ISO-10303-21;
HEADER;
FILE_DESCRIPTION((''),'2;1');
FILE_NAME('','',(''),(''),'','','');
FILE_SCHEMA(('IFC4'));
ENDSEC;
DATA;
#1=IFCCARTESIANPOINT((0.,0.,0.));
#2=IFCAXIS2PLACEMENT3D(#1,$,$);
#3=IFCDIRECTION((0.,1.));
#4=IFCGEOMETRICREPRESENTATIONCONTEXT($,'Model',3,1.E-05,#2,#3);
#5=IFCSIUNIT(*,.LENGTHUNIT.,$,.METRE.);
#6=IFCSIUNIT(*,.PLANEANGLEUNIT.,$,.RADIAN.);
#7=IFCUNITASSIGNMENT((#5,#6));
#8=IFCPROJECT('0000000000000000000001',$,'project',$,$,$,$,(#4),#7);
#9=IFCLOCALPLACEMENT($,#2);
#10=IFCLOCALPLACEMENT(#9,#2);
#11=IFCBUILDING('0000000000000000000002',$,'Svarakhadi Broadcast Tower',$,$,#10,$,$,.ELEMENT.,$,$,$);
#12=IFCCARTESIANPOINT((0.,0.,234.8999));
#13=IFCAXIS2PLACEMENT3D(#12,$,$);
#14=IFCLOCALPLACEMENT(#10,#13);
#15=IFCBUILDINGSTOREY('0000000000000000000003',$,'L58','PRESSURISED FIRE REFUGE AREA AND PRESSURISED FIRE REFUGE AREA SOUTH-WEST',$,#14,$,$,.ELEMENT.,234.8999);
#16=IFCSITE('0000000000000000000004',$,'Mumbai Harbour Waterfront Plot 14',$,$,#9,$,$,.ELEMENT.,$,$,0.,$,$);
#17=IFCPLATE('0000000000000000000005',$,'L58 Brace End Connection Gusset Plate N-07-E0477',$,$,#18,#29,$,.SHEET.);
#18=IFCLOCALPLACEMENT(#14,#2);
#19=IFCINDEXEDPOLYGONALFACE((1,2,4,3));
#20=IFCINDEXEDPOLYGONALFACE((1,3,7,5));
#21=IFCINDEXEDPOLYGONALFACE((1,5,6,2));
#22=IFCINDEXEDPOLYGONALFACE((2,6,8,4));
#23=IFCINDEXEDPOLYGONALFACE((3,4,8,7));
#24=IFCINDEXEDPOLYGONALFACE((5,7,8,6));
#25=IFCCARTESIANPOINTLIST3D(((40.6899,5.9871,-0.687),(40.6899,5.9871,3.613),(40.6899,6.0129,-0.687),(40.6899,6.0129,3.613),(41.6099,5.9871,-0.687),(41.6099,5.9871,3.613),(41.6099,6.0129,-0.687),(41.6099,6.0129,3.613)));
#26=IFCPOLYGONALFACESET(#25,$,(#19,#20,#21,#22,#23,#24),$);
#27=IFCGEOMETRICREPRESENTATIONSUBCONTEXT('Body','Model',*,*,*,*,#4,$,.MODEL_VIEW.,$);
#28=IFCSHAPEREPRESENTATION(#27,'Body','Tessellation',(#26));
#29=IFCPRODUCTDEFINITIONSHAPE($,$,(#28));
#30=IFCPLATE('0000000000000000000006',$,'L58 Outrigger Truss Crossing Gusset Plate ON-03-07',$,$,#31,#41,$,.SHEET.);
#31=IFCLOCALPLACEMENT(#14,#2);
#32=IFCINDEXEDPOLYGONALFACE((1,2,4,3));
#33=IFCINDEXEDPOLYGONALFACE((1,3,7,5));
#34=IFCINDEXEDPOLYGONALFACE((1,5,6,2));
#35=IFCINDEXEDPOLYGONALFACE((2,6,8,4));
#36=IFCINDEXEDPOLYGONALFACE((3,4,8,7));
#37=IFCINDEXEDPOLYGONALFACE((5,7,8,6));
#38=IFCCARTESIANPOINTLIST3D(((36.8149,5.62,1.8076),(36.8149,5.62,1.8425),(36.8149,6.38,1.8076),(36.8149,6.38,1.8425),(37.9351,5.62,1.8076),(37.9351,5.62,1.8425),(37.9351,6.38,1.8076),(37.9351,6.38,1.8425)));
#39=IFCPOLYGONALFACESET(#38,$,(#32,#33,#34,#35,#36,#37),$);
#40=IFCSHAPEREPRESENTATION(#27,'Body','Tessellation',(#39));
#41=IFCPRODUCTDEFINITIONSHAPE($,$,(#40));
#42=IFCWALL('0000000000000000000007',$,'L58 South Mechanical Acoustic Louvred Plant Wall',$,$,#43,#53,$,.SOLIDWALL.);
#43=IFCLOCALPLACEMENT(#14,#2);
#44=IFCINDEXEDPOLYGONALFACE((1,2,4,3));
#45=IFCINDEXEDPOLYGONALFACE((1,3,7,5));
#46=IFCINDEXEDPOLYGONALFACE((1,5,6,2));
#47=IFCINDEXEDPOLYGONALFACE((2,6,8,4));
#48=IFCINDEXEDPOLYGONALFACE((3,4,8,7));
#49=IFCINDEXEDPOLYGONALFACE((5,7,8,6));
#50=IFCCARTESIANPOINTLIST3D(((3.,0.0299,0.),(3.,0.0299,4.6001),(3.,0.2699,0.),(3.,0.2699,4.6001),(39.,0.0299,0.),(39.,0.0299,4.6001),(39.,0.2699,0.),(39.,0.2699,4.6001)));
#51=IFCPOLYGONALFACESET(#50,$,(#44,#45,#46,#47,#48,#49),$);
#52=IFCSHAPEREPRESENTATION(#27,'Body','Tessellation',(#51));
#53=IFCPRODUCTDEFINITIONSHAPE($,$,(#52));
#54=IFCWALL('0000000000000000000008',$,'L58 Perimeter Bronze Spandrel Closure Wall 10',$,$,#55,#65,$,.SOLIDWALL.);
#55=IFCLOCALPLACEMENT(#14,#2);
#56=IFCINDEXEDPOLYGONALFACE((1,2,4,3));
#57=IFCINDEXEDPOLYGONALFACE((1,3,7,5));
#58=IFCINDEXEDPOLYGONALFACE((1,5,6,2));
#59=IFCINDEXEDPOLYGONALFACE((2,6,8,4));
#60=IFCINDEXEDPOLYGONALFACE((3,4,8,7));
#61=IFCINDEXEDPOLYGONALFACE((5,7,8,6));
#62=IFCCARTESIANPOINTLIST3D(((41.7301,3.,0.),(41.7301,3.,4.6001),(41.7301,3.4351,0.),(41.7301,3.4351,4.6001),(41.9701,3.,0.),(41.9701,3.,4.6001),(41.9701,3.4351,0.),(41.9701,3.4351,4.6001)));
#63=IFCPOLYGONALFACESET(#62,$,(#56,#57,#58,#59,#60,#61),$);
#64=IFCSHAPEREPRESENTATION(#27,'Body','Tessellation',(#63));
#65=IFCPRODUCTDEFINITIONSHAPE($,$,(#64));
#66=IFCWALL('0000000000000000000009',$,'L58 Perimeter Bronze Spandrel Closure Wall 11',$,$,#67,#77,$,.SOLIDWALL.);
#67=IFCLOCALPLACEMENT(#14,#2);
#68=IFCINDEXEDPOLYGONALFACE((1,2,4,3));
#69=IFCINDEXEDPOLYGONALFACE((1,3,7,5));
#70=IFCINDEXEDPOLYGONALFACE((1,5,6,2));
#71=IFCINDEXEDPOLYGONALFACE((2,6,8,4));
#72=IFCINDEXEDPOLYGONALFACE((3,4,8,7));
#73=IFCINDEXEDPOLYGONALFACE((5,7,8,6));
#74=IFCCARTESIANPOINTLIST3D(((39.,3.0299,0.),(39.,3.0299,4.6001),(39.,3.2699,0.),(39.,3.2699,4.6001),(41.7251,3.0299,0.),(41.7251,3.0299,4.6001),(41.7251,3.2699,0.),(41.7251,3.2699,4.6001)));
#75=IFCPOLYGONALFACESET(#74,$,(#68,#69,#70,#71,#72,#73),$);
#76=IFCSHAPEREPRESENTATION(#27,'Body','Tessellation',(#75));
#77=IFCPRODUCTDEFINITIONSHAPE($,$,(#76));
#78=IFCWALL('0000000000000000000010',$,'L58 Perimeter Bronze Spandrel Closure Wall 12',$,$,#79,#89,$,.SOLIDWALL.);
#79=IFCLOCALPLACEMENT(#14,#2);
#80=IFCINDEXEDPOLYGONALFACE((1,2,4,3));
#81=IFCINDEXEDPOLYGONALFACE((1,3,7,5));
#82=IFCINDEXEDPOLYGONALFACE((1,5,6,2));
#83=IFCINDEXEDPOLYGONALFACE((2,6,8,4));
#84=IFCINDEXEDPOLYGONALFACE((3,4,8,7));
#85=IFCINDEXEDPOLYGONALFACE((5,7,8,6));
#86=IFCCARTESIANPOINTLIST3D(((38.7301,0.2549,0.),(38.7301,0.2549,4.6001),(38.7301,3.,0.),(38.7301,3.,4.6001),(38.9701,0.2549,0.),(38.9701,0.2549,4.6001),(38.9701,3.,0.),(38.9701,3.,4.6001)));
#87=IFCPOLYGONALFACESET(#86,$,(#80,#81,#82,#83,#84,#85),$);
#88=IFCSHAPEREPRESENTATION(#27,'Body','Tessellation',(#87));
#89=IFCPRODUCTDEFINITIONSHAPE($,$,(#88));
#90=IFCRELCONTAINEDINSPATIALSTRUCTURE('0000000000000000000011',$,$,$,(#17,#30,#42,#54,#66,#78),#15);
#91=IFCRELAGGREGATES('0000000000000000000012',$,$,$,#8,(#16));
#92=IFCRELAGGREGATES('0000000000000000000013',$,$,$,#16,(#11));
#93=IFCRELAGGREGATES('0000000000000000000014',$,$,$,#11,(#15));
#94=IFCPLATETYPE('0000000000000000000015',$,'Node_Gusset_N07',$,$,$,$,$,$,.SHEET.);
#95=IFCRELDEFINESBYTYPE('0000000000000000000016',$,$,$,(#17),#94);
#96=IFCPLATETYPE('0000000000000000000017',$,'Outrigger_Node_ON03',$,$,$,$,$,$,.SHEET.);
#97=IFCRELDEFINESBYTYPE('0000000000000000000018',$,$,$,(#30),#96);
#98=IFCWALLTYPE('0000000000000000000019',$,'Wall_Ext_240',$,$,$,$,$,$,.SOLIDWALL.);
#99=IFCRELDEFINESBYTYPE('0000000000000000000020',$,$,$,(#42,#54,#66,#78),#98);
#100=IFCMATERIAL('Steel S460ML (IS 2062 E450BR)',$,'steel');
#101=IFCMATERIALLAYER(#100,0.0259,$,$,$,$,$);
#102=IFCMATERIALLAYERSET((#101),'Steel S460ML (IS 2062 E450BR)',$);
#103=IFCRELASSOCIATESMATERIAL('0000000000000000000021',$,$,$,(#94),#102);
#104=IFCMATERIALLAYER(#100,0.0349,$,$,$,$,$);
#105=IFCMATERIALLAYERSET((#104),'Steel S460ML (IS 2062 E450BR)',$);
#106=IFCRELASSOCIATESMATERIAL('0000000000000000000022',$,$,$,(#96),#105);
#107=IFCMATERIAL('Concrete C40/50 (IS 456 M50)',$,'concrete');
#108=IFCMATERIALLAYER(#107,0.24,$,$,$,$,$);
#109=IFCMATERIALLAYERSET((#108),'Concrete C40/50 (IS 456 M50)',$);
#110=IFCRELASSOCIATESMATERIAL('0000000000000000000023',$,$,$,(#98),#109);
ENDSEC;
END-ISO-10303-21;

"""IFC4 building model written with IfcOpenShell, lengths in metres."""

from ifc_helpers import new_model, si_unit, direction, frame, frame_2d, origin, origin_2d, place, context, subcontext, project, spatial, rectangle, extrude, material, layer, layer_set, type_object, element, save


model = new_model("IFC4")

# Units and contexts
model_context = context("Model", 3, precision=1e-05, world=origin(), true_north=direction((0.0, 1.0)))
body_context = subcontext(model_context, "Body", "Model", "MODEL_VIEW")
ifc_project = project(units=[si_unit("LENGTHUNIT", "METRE"), si_unit("PLANEANGLEUNIT", "RADIAN")], contexts=[model_context])

# Site, building, storey
site_placement = place(None, origin())
site = spatial("IfcSite", under=ifc_project, at=site_placement, Name="Mumbai Harbour Waterfront Plot 14", CompositionType="ELEMENT", RefElevation=0.0)
building_placement = place(site_placement, origin())
building = spatial("IfcBuilding", under=site, at=building_placement, Name="Svarakhadi Broadcast Tower", CompositionType="ELEMENT")
storey_placement = place(building_placement, frame((0.0, 0.0, 234.8999)))
storey = spatial("IfcBuildingStorey", under=building, at=storey_placement, Name="L58", Description="PRESSURISED FIRE REFUGE AREA AND PRESSURISED FIRE REFUGE AREA SOUTH-WEST", CompositionType="ELEMENT", Elevation=234.8999)

# Shared definitions
ifc_material_1 = material(Name="Steel S460ML (IS 2062 E450BR)", Category="steel")

# Plates
ifc_layer_1 = layer(ifc_material_1, 0.0259)
ifc_layer_set_1 = layer_set([ifc_layer_1], Name="Steel S460ML (IS 2062 E450BR)")
plate_type_1 = type_object("IfcPlateType", Name="Node_Gusset_N07", PredefinedType="SHEET", material=ifc_layer_set_1)
plate_1_placement = place(storey_placement, frame((41.1499, 6.0, -0.687), z_axis=(0.0, 0.0, 1.0), x_axis=(1.0, 0.0, 0.0)))
element("IfcPlate", 1, at=plate_1_placement, inside=storey, type_object=plate_type_1, Name="L58 Brace End Connection Gusset Plate N-07-E0477", PredefinedType="SHEET", context=body_context, shape_type="SweptSolid", body=[
    extrude(rectangle(XDim=0.9199, YDim=0.0259, at=origin_2d()), origin(), (0.0, 0.0, 1.0), 4.3),
])
ifc_layer_2 = layer(ifc_material_1, 0.0349)
ifc_layer_set_2 = layer_set([ifc_layer_2], Name="Steel S460ML (IS 2062 E450BR)")
plate_type_2 = type_object("IfcPlateType", Name="Outrigger_Node_ON03", PredefinedType="SHEET", material=ifc_layer_set_2)
plate_2_placement = place(storey_placement, frame((37.375, 6.0, 1.8076), z_axis=(0.0, 0.0, 1.0), x_axis=(1.0, 0.0, 0.0)))
element("IfcPlate", 2, at=plate_2_placement, inside=storey, type_object=plate_type_2, Name="L58 Outrigger Truss Crossing Gusset Plate ON-03-07", PredefinedType="SHEET", context=body_context, shape_type="SweptSolid", body=[
    extrude(rectangle(XDim=1.1201, YDim=0.76, at=origin_2d()), origin(), (0.0, 0.0, 1.0), 0.0349),
])

# Walls
ifc_material_2 = material(Name="Concrete C40/50 (IS 456 M50)", Category="concrete")
ifc_layer_3 = layer(ifc_material_2, 0.24)
ifc_layer_set_3 = layer_set([ifc_layer_3], Name="Concrete C40/50 (IS 456 M50)")
wall_type = type_object("IfcWallType", Name="Wall_Ext_240", PredefinedType="SOLIDWALL", material=ifc_layer_set_3)
wall_1_placement = place(storey_placement, frame((39.0, 0.1499, 0.0), z_axis=(0.0, 0.0, 1.0), x_axis=(-1.0, 0.0, 0.0)))
element("IfcWall", 3, at=wall_1_placement, inside=storey, type_object=wall_type, Name="L58 South Mechanical Acoustic Louvred Plant Wall", PredefinedType="SOLIDWALL", context=body_context, shape_type="SweptSolid", body=[
    extrude(rectangle(XDim=36.0, YDim=0.24, at=frame_2d((18.0, 0.0))), origin(), (0.0, 0.0, 1.0), 4.6001),
])
wall_2_placement = place(storey_placement, frame((41.8501, 3.4351, 0.0), z_axis=(0.0, 0.0, 1.0), x_axis=(0.0, -1.0, 0.0)))
element("IfcWall", 4, at=wall_2_placement, inside=storey, type_object=wall_type, Name="L58 Perimeter Bronze Spandrel Closure Wall 10", PredefinedType="SOLIDWALL", context=body_context, shape_type="SweptSolid", body=[
    extrude(rectangle(XDim=0.4351, YDim=0.24, at=frame_2d((0.2175, 0.0))), origin(), (0.0, 0.0, 1.0), 4.6001),
])
wall_3_placement = place(storey_placement, frame((41.7251, 3.1499, 0.0), z_axis=(0.0, 0.0, 1.0), x_axis=(-1.0, 0.0, 0.0)))
element("IfcWall", 5, at=wall_3_placement, inside=storey, type_object=wall_type, Name="L58 Perimeter Bronze Spandrel Closure Wall 11", PredefinedType="SOLIDWALL", context=body_context, shape_type="SweptSolid", body=[
    extrude(rectangle(XDim=2.7251, YDim=0.24, at=frame_2d((1.3625, 0.0))), origin(), (0.0, 0.0, 1.0), 4.6001),
])
wall_4_placement = place(storey_placement, frame((38.8501, 3.0, 0.0), z_axis=(0.0, 0.0, 1.0), x_axis=(0.0, -1.0, 0.0)))
element("IfcWall", 6, at=wall_4_placement, inside=storey, type_object=wall_type, Name="L58 Perimeter Bronze Spandrel Closure Wall 12", PredefinedType="SOLIDWALL", context=body_context, shape_type="SweptSolid", body=[
    extrude(rectangle(XDim=2.7451, YDim=0.24, at=frame_2d((1.3726, 0.0))), origin(), (0.0, 0.0, 1.0), 4.6001),
])

save(model, "model.ifc")
